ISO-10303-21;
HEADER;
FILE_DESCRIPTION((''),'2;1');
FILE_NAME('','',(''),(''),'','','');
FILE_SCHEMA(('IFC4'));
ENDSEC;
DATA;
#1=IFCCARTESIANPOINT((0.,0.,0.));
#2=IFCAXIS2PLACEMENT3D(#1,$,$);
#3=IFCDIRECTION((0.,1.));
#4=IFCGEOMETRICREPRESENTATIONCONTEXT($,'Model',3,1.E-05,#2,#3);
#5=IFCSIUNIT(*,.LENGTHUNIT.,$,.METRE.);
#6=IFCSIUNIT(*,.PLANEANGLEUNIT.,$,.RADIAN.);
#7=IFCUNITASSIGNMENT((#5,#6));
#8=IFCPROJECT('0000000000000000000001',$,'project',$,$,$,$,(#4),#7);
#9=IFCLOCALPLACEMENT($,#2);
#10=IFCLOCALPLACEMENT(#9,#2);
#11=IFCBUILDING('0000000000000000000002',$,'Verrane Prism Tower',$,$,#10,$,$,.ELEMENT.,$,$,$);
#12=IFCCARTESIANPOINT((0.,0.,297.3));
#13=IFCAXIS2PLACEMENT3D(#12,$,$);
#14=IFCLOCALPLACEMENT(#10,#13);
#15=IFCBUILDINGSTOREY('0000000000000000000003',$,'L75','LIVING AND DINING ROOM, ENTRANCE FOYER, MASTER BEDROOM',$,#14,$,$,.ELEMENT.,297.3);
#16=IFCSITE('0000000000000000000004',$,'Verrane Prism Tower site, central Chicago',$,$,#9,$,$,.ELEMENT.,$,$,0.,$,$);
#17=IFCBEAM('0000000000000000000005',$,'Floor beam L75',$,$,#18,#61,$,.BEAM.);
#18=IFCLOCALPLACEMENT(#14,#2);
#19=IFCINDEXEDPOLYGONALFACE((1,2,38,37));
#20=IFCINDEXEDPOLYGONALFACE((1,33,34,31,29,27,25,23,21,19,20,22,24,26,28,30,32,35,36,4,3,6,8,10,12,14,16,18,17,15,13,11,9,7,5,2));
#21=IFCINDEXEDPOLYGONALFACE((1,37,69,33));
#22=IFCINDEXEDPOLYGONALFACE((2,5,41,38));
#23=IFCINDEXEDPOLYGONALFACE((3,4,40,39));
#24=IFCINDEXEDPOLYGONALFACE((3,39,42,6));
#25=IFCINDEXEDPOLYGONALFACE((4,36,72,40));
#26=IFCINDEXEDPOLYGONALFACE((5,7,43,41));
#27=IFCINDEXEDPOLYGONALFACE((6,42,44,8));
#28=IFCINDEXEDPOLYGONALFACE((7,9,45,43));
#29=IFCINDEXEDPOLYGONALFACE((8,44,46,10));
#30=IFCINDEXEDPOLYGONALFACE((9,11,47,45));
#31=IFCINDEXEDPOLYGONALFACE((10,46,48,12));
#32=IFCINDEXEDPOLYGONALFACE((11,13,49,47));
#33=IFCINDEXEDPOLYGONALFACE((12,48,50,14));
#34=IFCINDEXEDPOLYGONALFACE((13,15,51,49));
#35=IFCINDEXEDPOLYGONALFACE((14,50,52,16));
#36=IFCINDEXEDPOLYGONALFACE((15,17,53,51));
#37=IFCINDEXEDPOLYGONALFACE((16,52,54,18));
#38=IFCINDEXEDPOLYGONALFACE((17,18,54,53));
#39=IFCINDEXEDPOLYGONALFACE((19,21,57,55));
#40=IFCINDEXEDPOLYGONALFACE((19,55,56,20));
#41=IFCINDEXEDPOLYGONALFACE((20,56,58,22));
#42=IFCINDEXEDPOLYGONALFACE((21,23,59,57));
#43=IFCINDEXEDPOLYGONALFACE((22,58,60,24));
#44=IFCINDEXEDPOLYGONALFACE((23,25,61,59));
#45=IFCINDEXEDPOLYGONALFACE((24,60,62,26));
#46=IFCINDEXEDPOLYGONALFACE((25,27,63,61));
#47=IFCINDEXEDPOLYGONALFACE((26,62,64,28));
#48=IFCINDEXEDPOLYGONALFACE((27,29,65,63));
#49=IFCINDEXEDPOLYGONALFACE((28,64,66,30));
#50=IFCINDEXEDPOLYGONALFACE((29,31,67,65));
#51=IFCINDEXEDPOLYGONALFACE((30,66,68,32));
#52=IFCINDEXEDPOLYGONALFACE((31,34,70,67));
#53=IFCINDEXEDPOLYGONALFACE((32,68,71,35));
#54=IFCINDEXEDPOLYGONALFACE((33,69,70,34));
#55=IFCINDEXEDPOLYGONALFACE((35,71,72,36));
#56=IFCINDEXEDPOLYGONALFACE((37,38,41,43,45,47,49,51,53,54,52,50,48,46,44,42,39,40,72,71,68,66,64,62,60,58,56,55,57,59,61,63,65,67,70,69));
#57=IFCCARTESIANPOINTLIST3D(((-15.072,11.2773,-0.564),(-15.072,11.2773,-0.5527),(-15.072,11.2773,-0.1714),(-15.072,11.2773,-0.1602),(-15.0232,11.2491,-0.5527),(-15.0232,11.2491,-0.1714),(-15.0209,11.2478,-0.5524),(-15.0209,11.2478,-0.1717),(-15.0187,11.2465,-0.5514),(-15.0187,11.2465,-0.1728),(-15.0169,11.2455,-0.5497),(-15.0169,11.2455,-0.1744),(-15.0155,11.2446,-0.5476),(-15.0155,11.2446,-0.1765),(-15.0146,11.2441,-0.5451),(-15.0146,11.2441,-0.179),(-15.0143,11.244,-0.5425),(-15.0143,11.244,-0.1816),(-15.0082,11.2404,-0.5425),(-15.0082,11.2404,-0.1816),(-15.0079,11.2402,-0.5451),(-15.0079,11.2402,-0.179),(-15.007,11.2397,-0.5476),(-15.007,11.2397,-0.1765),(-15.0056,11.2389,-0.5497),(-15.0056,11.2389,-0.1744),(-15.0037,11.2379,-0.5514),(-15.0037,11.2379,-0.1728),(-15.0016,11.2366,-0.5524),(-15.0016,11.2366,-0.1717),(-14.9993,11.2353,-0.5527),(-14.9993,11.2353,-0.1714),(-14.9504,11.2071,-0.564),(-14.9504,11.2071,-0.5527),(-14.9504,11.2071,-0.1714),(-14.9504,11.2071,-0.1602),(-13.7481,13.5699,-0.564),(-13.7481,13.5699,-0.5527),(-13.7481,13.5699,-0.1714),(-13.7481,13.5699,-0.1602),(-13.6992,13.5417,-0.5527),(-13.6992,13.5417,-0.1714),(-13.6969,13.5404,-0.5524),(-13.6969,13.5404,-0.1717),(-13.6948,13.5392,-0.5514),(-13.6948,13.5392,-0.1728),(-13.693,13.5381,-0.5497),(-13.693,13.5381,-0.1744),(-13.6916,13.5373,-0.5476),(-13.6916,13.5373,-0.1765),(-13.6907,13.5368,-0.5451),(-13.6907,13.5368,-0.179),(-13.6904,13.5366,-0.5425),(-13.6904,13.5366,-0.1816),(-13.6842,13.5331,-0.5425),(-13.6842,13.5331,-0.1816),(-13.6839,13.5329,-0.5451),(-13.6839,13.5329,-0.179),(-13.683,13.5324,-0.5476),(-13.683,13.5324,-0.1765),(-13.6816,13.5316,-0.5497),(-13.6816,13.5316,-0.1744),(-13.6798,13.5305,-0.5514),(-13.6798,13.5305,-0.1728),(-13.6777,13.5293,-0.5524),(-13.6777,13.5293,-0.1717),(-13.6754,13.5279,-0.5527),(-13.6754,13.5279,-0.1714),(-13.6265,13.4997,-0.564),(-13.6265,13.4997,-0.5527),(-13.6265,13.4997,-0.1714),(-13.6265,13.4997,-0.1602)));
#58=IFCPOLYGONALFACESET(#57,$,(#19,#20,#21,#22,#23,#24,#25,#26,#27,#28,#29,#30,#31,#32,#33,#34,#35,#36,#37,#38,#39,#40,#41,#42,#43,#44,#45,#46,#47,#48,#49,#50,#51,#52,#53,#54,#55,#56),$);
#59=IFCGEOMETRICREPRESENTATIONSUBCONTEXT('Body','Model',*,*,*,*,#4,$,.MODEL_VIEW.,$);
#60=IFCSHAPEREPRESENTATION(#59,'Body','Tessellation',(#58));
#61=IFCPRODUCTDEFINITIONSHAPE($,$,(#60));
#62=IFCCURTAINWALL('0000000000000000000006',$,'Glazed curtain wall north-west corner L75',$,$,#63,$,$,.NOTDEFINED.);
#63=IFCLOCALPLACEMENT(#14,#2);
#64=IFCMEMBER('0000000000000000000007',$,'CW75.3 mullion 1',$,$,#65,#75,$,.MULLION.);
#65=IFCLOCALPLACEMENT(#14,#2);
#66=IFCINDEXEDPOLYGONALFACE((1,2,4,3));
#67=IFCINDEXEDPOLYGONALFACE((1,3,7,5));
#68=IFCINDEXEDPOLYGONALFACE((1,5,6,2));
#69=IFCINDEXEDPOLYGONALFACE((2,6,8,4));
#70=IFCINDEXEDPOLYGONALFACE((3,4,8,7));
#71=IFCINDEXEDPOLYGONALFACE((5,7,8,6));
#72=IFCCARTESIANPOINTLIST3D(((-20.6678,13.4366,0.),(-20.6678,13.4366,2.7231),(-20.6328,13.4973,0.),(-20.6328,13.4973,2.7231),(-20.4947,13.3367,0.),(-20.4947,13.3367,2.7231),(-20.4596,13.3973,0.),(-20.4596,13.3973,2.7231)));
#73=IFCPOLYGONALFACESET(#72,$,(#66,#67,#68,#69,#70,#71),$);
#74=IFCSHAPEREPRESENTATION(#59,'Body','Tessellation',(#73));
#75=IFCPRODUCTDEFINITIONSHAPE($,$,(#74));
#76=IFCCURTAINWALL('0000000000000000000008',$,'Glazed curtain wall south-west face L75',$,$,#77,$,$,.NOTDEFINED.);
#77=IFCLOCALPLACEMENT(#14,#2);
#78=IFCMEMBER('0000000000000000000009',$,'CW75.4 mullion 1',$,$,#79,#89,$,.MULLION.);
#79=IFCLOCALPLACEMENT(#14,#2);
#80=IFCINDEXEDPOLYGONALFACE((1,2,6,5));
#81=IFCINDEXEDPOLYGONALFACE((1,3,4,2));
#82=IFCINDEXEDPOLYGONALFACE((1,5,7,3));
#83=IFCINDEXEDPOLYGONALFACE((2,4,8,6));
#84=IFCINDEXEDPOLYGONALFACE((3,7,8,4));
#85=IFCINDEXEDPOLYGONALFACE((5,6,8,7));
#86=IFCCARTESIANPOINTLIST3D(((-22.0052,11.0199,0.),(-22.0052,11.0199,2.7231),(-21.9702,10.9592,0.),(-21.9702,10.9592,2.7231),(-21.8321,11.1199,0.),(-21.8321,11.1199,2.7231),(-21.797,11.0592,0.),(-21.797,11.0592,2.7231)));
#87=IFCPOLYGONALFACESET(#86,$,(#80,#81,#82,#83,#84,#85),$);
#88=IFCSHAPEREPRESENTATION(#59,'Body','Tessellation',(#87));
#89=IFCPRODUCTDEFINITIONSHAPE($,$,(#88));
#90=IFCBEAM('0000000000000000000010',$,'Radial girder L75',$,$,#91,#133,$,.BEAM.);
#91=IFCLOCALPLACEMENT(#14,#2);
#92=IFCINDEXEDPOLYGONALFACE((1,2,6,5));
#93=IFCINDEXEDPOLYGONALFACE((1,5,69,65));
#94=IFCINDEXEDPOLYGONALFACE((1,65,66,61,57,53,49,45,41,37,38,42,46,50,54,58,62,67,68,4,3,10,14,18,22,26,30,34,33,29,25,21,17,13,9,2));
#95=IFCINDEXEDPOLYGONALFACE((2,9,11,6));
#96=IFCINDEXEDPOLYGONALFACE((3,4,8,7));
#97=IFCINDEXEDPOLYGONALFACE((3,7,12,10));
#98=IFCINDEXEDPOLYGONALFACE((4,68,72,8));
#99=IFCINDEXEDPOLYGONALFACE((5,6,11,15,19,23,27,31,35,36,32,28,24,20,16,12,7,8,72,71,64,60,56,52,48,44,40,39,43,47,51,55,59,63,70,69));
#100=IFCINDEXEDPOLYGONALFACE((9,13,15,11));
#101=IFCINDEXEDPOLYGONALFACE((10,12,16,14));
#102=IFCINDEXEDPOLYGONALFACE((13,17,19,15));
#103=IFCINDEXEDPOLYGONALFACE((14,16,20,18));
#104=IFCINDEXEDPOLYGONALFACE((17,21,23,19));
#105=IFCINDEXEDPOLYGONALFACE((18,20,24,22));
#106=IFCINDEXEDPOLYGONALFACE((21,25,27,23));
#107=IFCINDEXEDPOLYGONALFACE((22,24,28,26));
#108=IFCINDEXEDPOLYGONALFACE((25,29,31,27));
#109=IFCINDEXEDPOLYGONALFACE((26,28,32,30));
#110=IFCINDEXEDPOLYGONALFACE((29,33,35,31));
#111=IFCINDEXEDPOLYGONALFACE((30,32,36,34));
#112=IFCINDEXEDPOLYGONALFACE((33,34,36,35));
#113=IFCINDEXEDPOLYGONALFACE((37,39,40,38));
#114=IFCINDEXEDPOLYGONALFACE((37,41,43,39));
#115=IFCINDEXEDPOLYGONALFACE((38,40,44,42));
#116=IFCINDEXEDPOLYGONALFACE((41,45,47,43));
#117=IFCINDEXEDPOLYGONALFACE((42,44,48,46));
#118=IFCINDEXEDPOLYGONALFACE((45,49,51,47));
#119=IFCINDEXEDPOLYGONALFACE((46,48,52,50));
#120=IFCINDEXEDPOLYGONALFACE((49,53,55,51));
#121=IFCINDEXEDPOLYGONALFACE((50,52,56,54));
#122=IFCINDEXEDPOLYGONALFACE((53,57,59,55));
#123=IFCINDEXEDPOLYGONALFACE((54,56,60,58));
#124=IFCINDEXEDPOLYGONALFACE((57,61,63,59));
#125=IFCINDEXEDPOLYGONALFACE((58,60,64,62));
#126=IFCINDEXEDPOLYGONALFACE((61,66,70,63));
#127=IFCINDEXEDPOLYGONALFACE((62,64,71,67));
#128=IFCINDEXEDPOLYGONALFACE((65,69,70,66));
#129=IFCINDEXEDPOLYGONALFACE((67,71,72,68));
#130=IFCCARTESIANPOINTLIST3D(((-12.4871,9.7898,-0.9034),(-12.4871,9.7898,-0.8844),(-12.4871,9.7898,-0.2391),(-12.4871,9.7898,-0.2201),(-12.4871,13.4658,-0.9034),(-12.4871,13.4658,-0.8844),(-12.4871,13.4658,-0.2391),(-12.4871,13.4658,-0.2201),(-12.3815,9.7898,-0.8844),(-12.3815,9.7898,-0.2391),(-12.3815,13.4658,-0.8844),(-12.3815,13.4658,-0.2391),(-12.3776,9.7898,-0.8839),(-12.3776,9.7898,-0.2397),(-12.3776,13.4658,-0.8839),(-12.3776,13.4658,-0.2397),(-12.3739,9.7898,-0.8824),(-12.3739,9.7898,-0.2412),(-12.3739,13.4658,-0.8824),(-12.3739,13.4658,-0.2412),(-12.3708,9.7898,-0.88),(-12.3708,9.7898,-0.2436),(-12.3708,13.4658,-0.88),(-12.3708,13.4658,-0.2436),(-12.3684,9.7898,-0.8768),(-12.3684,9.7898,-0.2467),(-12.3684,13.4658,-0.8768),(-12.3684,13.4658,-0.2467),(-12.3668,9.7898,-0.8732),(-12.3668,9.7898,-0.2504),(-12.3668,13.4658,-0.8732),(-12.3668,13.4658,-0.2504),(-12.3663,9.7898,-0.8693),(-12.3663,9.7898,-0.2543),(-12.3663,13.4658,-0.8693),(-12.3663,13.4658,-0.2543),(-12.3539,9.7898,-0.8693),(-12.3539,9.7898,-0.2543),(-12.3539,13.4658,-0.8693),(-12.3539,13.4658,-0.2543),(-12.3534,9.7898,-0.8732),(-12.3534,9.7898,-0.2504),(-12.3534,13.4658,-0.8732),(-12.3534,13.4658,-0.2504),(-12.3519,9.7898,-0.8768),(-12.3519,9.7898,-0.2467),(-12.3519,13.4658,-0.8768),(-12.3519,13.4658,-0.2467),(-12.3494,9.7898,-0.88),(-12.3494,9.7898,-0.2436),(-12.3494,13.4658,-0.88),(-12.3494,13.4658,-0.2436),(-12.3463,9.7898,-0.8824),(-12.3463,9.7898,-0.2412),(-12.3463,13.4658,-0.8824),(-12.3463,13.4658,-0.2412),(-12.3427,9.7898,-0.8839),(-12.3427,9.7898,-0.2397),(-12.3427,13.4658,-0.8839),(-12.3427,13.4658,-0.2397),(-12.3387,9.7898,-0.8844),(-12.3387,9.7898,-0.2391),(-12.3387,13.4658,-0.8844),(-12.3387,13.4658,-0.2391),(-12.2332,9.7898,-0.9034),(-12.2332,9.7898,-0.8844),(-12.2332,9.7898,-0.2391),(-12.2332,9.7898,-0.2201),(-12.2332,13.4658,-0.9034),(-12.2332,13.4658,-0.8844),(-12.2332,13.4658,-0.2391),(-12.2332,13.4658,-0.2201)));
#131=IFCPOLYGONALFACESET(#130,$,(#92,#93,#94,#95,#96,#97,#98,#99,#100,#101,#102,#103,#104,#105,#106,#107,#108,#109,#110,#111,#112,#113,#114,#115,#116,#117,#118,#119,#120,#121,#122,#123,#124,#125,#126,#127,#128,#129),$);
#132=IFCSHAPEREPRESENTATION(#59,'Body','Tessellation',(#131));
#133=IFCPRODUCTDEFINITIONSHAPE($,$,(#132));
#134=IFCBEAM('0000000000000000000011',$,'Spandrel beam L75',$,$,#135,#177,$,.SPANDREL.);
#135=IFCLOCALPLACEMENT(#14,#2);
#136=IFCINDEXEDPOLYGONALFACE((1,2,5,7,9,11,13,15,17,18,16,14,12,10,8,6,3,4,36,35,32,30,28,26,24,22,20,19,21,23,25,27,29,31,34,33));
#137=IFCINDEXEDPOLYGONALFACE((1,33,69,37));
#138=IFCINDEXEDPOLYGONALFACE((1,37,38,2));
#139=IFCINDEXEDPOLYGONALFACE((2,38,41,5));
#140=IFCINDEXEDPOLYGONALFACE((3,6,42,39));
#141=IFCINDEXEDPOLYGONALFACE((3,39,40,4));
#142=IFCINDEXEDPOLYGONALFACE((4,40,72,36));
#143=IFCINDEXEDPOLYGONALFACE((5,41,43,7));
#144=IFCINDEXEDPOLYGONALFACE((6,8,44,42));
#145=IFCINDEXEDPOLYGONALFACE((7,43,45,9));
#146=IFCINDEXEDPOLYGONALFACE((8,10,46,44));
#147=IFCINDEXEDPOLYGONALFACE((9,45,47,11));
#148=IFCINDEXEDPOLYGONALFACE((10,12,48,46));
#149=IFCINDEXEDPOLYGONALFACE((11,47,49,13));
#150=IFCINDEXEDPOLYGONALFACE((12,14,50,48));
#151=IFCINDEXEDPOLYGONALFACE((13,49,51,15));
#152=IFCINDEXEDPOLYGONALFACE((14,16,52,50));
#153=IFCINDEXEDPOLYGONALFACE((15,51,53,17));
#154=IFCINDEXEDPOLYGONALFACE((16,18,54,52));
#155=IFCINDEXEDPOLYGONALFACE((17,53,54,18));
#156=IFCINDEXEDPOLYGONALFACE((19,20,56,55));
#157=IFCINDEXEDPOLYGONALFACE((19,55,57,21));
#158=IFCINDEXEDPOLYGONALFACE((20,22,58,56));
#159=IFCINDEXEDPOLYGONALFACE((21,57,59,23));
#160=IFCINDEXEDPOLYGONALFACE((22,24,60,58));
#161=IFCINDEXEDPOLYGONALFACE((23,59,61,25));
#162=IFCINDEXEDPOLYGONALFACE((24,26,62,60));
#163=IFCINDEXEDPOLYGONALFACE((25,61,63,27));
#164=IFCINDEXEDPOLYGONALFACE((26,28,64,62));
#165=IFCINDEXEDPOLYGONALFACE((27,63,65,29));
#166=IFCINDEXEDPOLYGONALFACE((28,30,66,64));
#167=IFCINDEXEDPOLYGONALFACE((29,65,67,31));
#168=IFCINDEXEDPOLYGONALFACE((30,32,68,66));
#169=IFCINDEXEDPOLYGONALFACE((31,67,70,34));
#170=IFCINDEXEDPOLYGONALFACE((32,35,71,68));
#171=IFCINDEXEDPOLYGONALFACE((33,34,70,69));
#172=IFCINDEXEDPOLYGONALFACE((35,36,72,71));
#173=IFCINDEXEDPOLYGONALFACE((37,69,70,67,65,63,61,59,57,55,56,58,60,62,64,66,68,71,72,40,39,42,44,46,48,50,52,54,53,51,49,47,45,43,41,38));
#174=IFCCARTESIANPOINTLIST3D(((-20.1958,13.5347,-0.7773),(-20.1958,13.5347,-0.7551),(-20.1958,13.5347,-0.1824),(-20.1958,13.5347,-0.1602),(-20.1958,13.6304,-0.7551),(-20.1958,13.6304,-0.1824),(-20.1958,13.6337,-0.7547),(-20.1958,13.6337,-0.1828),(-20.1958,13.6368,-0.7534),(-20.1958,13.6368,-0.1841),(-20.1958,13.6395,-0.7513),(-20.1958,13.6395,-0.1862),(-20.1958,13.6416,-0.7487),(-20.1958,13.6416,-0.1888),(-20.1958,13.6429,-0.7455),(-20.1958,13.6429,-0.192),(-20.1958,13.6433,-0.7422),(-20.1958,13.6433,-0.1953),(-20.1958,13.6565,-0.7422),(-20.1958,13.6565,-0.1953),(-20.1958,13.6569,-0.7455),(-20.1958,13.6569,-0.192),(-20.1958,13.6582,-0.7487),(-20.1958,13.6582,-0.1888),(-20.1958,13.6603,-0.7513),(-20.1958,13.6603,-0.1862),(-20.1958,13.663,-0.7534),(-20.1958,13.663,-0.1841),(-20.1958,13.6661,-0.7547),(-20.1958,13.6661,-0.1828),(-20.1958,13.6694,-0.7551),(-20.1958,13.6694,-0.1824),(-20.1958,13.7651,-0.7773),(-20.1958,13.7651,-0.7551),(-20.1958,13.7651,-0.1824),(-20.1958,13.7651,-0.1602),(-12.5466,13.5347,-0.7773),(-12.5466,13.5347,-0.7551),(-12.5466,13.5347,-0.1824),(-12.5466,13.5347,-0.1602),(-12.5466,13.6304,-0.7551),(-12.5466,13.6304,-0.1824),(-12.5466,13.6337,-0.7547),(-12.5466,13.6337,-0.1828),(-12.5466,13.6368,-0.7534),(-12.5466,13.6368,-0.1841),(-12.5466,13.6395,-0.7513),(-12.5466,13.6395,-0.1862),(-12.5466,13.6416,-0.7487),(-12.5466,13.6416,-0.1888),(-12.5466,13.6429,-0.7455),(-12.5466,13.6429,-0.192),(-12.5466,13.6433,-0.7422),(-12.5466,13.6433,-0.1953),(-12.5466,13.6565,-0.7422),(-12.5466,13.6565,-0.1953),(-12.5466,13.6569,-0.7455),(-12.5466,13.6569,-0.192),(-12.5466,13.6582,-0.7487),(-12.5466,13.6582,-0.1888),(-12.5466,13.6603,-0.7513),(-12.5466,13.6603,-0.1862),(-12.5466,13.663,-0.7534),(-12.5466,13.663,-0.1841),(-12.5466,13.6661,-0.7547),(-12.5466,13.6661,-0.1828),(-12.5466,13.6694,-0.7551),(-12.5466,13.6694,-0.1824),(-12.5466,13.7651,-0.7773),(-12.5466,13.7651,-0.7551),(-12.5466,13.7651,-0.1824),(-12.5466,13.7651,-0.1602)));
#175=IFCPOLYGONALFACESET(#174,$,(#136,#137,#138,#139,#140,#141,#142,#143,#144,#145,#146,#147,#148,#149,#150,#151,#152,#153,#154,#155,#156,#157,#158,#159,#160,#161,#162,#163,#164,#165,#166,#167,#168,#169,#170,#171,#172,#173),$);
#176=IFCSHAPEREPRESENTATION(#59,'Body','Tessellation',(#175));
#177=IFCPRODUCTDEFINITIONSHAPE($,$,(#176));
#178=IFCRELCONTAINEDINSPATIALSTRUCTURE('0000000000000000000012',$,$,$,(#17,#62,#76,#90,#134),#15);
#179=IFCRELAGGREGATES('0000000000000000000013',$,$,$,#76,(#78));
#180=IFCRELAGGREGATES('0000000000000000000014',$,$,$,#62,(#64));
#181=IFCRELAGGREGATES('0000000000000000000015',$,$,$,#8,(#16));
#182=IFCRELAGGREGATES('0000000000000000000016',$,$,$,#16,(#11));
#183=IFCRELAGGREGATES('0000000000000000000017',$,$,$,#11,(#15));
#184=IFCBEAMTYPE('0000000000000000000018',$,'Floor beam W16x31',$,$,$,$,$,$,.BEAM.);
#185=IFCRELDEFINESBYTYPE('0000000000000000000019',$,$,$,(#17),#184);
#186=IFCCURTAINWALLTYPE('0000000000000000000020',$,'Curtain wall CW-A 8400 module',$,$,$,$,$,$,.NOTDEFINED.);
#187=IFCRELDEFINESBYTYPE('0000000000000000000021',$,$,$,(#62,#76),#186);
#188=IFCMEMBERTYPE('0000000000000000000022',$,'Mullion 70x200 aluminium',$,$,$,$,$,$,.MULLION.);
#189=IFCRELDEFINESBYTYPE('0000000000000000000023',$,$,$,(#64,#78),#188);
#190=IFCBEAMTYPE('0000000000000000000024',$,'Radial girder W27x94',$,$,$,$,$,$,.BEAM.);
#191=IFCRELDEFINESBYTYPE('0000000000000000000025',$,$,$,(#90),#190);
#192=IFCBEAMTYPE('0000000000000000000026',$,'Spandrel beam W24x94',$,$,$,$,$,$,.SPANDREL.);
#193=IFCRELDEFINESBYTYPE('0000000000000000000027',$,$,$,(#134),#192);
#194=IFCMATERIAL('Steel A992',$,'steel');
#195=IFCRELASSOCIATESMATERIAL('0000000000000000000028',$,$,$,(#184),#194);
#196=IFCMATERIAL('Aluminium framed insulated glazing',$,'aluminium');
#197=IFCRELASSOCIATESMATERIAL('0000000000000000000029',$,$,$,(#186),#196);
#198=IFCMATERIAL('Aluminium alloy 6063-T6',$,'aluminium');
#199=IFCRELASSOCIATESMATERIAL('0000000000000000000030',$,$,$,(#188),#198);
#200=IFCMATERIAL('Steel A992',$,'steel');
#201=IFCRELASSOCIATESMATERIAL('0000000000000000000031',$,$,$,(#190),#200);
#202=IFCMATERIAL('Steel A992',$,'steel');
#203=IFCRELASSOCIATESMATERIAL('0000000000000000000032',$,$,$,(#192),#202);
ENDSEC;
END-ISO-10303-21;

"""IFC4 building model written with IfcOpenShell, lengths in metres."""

from ifc_helpers import new_model, si_unit, direction, frame, origin, origin_2d, place, context, subcontext, project, spatial, rectangle, i_section, extrude, material, material_profile, profile_set, type_object, element, aggregate, save


model = new_model("IFC4")

# Units and contexts
model_context = context("Model", 3, precision=1e-05, world=origin(), true_north=direction((0.0, 1.0)))
body_context = subcontext(model_context, "Body", "Model", "MODEL_VIEW")
ifc_project = project(units=[si_unit("LENGTHUNIT", "METRE"), si_unit("PLANEANGLEUNIT", "RADIAN")], contexts=[model_context])

# Site, building, storey
site_placement = place(None, origin())
site = spatial("IfcSite", under=ifc_project, at=site_placement, Name="Verrane Prism Tower site, central Chicago", CompositionType="ELEMENT", RefElevation=0.0)
building_placement = place(site_placement, origin())
building = spatial("IfcBuilding", under=site, at=building_placement, Name="Verrane Prism Tower", CompositionType="ELEMENT")
storey_placement = place(building_placement, frame((0.0, 0.0, 297.3)))
storey = spatial("IfcBuildingStorey", under=building, at=storey_placement, Name="L75", Description="LIVING AND DINING ROOM, ENTRANCE FOYER, MASTER BEDROOM", CompositionType="ELEMENT", Elevation=297.3)

# Beam
ifc_material_1 = material(Name="Steel A992", Category="steel")
ifc_material_profile_1 = material_profile(ifc_material_1, i_section(OverallWidth=0.1404, OverallDepth=0.4038, WebThickness=0.0071, FlangeThickness=0.0112, FilletRadius=0.0103, at=origin_2d()), Name="W16x31")
ifc_profile_set_1 = profile_set([ifc_material_profile_1], Name="Steel A992")
beam_type_1 = type_object("IfcBeamType", Name="Floor beam W16x31", PredefinedType="BEAM", material=ifc_profile_set_1)
beam_1_placement = place(storey_placement, frame((-15.0112, 11.2422, -0.3621), z_axis=(0.500076, 0.865981, 0.0), x_axis=(-0.865981, 0.500076, 0.0)))
element("IfcBeam", 1, at=beam_1_placement, inside=storey, type_object=beam_type_1, Name="Floor beam L75", PredefinedType="BEAM", context=body_context, shape_type="SweptSolid", body=[
    extrude(i_section(OverallWidth=0.1404, OverallDepth=0.4038, WebThickness=0.0071, FlangeThickness=0.0112, FilletRadius=0.0103, at=origin_2d()), origin(), (0.0, 0.0, 1.0), 2.6475),
])

# Curtain walls, members
ifc_material_2 = material(Name="Aluminium framed insulated glazing", Category="aluminium")
curtain_wall_type = type_object("IfcCurtainWallType", Name="Curtain wall CW-A 8400 module", PredefinedType="NOTDEFINED", material=ifc_material_2)
curtain_wall_1_placement = place(storey_placement, origin())
curtain_wall_1 = element("IfcCurtainWall", 2, at=curtain_wall_1_placement, inside=storey, type_object=curtain_wall_type, Name="Glazed curtain wall north-west corner L75", PredefinedType="NOTDEFINED")
ifc_material_3 = material(Name="Aluminium alloy 6063-T6", Category="aluminium")
ifc_material_profile_2 = material_profile(ifc_material_3, rectangle(XDim=0.2, YDim=0.0701, at=origin_2d()), Name="Mullion 70x200 aluminium")
ifc_profile_set_2 = profile_set([ifc_material_profile_2], Name="Aluminium alloy 6063-T6")
member_type_1 = type_object("IfcMemberType", Name="Mullion 70x200 aluminium", PredefinedType="MULLION", material=ifc_profile_set_2)
member_1_placement = place(storey_placement, frame((-20.5637, 13.417, 0.0), z_axis=(0.0, 0.0, 1.0), x_axis=(0.866024, -0.500002, 0.0)))
member_1 = element("IfcMember", 3, at=member_1_placement, type_object=member_type_1, Name="CW75.3 mullion 1", PredefinedType="MULLION", context=body_context, shape_type="SweptSolid", body=[
    extrude(rectangle(XDim=0.2, YDim=0.0701, at=origin_2d()), origin(), (0.0, 0.0, 1.0), 2.7231),
])
curtain_wall_2_placement = place(storey_placement, origin())
curtain_wall_2 = element("IfcCurtainWall", 4, at=curtain_wall_2_placement, inside=storey, type_object=curtain_wall_type, Name="Glazed curtain wall south-west face L75", PredefinedType="NOTDEFINED")
member_2_placement = place(storey_placement, frame((-21.9011, 11.0396, 0.0), z_axis=(0.0, 0.0, 1.0), x_axis=(0.866025, 0.500001, 0.0)))
member_2 = element("IfcMember", 5, at=member_2_placement, type_object=member_type_1, Name="CW75.4 mullion 1", PredefinedType="MULLION", context=body_context, shape_type="SweptSolid", body=[
    extrude(rectangle(XDim=0.2, YDim=0.0701, at=origin_2d()), origin(), (0.0, 0.0, 1.0), 2.7231),
])

# Beams
ifc_material_4 = material(Name="Steel A992", Category="steel")
ifc_material_profile_3 = material_profile(ifc_material_4, i_section(OverallWidth=0.2539, OverallDepth=0.6833, WebThickness=0.0125, FlangeThickness=0.019, FilletRadius=0.0151, at=origin_2d()), Name="W27x94")
ifc_profile_set_3 = profile_set([ifc_material_profile_3], Name="Steel A992")
beam_type_2 = type_object("IfcBeamType", Name="Radial girder W27x94", PredefinedType="BEAM", material=ifc_profile_set_3)
beam_2_placement = place(storey_placement, frame((-12.3601, 13.4658, -0.5618), z_axis=(0.0, -1.0, 0.0), x_axis=(1.0, 0.0, 0.0)))
element("IfcBeam", 6, at=beam_2_placement, inside=storey, type_object=beam_type_2, Name="Radial girder L75", PredefinedType="BEAM", context=body_context, shape_type="SweptSolid", body=[
    extrude(i_section(OverallWidth=0.2539, OverallDepth=0.6833, WebThickness=0.0125, FlangeThickness=0.019, FilletRadius=0.0151, at=origin_2d()), origin(), (0.0, 0.0, 1.0), 3.676),
])
ifc_material_5 = material(Name="Steel A992", Category="steel")
ifc_material_profile_4 = material_profile(ifc_material_5, i_section(OverallWidth=0.2305, OverallDepth=0.6172, WebThickness=0.0132, FlangeThickness=0.0222, FilletRadius=0.0129, at=origin_2d()), Name="W24x94")
ifc_profile_set_4 = profile_set([ifc_material_profile_4], Name="Steel A992")
beam_type_3 = type_object("IfcBeamType", Name="Spandrel beam W24x94", PredefinedType="SPANDREL", material=ifc_profile_set_4)
beam_3_placement = place(storey_placement, frame((-12.5466, 13.6499, -0.4688), z_axis=(-1.0, 0.0, 0.0), x_axis=(0.0, -1.0, 0.0)))
element("IfcBeam", 7, at=beam_3_placement, inside=storey, type_object=beam_type_3, Name="Spandrel beam L75", PredefinedType="SPANDREL", context=body_context, shape_type="SweptSolid", body=[
    extrude(i_section(OverallWidth=0.2305, OverallDepth=0.6172, WebThickness=0.0132, FlangeThickness=0.0222, FilletRadius=0.0129, at=origin_2d()), origin(), (0.0, 0.0, 1.0), 7.6492),
])

aggregate(curtain_wall_2, [member_2])

aggregate(curtain_wall_1, [member_1])

save(model, "model.ifc")
